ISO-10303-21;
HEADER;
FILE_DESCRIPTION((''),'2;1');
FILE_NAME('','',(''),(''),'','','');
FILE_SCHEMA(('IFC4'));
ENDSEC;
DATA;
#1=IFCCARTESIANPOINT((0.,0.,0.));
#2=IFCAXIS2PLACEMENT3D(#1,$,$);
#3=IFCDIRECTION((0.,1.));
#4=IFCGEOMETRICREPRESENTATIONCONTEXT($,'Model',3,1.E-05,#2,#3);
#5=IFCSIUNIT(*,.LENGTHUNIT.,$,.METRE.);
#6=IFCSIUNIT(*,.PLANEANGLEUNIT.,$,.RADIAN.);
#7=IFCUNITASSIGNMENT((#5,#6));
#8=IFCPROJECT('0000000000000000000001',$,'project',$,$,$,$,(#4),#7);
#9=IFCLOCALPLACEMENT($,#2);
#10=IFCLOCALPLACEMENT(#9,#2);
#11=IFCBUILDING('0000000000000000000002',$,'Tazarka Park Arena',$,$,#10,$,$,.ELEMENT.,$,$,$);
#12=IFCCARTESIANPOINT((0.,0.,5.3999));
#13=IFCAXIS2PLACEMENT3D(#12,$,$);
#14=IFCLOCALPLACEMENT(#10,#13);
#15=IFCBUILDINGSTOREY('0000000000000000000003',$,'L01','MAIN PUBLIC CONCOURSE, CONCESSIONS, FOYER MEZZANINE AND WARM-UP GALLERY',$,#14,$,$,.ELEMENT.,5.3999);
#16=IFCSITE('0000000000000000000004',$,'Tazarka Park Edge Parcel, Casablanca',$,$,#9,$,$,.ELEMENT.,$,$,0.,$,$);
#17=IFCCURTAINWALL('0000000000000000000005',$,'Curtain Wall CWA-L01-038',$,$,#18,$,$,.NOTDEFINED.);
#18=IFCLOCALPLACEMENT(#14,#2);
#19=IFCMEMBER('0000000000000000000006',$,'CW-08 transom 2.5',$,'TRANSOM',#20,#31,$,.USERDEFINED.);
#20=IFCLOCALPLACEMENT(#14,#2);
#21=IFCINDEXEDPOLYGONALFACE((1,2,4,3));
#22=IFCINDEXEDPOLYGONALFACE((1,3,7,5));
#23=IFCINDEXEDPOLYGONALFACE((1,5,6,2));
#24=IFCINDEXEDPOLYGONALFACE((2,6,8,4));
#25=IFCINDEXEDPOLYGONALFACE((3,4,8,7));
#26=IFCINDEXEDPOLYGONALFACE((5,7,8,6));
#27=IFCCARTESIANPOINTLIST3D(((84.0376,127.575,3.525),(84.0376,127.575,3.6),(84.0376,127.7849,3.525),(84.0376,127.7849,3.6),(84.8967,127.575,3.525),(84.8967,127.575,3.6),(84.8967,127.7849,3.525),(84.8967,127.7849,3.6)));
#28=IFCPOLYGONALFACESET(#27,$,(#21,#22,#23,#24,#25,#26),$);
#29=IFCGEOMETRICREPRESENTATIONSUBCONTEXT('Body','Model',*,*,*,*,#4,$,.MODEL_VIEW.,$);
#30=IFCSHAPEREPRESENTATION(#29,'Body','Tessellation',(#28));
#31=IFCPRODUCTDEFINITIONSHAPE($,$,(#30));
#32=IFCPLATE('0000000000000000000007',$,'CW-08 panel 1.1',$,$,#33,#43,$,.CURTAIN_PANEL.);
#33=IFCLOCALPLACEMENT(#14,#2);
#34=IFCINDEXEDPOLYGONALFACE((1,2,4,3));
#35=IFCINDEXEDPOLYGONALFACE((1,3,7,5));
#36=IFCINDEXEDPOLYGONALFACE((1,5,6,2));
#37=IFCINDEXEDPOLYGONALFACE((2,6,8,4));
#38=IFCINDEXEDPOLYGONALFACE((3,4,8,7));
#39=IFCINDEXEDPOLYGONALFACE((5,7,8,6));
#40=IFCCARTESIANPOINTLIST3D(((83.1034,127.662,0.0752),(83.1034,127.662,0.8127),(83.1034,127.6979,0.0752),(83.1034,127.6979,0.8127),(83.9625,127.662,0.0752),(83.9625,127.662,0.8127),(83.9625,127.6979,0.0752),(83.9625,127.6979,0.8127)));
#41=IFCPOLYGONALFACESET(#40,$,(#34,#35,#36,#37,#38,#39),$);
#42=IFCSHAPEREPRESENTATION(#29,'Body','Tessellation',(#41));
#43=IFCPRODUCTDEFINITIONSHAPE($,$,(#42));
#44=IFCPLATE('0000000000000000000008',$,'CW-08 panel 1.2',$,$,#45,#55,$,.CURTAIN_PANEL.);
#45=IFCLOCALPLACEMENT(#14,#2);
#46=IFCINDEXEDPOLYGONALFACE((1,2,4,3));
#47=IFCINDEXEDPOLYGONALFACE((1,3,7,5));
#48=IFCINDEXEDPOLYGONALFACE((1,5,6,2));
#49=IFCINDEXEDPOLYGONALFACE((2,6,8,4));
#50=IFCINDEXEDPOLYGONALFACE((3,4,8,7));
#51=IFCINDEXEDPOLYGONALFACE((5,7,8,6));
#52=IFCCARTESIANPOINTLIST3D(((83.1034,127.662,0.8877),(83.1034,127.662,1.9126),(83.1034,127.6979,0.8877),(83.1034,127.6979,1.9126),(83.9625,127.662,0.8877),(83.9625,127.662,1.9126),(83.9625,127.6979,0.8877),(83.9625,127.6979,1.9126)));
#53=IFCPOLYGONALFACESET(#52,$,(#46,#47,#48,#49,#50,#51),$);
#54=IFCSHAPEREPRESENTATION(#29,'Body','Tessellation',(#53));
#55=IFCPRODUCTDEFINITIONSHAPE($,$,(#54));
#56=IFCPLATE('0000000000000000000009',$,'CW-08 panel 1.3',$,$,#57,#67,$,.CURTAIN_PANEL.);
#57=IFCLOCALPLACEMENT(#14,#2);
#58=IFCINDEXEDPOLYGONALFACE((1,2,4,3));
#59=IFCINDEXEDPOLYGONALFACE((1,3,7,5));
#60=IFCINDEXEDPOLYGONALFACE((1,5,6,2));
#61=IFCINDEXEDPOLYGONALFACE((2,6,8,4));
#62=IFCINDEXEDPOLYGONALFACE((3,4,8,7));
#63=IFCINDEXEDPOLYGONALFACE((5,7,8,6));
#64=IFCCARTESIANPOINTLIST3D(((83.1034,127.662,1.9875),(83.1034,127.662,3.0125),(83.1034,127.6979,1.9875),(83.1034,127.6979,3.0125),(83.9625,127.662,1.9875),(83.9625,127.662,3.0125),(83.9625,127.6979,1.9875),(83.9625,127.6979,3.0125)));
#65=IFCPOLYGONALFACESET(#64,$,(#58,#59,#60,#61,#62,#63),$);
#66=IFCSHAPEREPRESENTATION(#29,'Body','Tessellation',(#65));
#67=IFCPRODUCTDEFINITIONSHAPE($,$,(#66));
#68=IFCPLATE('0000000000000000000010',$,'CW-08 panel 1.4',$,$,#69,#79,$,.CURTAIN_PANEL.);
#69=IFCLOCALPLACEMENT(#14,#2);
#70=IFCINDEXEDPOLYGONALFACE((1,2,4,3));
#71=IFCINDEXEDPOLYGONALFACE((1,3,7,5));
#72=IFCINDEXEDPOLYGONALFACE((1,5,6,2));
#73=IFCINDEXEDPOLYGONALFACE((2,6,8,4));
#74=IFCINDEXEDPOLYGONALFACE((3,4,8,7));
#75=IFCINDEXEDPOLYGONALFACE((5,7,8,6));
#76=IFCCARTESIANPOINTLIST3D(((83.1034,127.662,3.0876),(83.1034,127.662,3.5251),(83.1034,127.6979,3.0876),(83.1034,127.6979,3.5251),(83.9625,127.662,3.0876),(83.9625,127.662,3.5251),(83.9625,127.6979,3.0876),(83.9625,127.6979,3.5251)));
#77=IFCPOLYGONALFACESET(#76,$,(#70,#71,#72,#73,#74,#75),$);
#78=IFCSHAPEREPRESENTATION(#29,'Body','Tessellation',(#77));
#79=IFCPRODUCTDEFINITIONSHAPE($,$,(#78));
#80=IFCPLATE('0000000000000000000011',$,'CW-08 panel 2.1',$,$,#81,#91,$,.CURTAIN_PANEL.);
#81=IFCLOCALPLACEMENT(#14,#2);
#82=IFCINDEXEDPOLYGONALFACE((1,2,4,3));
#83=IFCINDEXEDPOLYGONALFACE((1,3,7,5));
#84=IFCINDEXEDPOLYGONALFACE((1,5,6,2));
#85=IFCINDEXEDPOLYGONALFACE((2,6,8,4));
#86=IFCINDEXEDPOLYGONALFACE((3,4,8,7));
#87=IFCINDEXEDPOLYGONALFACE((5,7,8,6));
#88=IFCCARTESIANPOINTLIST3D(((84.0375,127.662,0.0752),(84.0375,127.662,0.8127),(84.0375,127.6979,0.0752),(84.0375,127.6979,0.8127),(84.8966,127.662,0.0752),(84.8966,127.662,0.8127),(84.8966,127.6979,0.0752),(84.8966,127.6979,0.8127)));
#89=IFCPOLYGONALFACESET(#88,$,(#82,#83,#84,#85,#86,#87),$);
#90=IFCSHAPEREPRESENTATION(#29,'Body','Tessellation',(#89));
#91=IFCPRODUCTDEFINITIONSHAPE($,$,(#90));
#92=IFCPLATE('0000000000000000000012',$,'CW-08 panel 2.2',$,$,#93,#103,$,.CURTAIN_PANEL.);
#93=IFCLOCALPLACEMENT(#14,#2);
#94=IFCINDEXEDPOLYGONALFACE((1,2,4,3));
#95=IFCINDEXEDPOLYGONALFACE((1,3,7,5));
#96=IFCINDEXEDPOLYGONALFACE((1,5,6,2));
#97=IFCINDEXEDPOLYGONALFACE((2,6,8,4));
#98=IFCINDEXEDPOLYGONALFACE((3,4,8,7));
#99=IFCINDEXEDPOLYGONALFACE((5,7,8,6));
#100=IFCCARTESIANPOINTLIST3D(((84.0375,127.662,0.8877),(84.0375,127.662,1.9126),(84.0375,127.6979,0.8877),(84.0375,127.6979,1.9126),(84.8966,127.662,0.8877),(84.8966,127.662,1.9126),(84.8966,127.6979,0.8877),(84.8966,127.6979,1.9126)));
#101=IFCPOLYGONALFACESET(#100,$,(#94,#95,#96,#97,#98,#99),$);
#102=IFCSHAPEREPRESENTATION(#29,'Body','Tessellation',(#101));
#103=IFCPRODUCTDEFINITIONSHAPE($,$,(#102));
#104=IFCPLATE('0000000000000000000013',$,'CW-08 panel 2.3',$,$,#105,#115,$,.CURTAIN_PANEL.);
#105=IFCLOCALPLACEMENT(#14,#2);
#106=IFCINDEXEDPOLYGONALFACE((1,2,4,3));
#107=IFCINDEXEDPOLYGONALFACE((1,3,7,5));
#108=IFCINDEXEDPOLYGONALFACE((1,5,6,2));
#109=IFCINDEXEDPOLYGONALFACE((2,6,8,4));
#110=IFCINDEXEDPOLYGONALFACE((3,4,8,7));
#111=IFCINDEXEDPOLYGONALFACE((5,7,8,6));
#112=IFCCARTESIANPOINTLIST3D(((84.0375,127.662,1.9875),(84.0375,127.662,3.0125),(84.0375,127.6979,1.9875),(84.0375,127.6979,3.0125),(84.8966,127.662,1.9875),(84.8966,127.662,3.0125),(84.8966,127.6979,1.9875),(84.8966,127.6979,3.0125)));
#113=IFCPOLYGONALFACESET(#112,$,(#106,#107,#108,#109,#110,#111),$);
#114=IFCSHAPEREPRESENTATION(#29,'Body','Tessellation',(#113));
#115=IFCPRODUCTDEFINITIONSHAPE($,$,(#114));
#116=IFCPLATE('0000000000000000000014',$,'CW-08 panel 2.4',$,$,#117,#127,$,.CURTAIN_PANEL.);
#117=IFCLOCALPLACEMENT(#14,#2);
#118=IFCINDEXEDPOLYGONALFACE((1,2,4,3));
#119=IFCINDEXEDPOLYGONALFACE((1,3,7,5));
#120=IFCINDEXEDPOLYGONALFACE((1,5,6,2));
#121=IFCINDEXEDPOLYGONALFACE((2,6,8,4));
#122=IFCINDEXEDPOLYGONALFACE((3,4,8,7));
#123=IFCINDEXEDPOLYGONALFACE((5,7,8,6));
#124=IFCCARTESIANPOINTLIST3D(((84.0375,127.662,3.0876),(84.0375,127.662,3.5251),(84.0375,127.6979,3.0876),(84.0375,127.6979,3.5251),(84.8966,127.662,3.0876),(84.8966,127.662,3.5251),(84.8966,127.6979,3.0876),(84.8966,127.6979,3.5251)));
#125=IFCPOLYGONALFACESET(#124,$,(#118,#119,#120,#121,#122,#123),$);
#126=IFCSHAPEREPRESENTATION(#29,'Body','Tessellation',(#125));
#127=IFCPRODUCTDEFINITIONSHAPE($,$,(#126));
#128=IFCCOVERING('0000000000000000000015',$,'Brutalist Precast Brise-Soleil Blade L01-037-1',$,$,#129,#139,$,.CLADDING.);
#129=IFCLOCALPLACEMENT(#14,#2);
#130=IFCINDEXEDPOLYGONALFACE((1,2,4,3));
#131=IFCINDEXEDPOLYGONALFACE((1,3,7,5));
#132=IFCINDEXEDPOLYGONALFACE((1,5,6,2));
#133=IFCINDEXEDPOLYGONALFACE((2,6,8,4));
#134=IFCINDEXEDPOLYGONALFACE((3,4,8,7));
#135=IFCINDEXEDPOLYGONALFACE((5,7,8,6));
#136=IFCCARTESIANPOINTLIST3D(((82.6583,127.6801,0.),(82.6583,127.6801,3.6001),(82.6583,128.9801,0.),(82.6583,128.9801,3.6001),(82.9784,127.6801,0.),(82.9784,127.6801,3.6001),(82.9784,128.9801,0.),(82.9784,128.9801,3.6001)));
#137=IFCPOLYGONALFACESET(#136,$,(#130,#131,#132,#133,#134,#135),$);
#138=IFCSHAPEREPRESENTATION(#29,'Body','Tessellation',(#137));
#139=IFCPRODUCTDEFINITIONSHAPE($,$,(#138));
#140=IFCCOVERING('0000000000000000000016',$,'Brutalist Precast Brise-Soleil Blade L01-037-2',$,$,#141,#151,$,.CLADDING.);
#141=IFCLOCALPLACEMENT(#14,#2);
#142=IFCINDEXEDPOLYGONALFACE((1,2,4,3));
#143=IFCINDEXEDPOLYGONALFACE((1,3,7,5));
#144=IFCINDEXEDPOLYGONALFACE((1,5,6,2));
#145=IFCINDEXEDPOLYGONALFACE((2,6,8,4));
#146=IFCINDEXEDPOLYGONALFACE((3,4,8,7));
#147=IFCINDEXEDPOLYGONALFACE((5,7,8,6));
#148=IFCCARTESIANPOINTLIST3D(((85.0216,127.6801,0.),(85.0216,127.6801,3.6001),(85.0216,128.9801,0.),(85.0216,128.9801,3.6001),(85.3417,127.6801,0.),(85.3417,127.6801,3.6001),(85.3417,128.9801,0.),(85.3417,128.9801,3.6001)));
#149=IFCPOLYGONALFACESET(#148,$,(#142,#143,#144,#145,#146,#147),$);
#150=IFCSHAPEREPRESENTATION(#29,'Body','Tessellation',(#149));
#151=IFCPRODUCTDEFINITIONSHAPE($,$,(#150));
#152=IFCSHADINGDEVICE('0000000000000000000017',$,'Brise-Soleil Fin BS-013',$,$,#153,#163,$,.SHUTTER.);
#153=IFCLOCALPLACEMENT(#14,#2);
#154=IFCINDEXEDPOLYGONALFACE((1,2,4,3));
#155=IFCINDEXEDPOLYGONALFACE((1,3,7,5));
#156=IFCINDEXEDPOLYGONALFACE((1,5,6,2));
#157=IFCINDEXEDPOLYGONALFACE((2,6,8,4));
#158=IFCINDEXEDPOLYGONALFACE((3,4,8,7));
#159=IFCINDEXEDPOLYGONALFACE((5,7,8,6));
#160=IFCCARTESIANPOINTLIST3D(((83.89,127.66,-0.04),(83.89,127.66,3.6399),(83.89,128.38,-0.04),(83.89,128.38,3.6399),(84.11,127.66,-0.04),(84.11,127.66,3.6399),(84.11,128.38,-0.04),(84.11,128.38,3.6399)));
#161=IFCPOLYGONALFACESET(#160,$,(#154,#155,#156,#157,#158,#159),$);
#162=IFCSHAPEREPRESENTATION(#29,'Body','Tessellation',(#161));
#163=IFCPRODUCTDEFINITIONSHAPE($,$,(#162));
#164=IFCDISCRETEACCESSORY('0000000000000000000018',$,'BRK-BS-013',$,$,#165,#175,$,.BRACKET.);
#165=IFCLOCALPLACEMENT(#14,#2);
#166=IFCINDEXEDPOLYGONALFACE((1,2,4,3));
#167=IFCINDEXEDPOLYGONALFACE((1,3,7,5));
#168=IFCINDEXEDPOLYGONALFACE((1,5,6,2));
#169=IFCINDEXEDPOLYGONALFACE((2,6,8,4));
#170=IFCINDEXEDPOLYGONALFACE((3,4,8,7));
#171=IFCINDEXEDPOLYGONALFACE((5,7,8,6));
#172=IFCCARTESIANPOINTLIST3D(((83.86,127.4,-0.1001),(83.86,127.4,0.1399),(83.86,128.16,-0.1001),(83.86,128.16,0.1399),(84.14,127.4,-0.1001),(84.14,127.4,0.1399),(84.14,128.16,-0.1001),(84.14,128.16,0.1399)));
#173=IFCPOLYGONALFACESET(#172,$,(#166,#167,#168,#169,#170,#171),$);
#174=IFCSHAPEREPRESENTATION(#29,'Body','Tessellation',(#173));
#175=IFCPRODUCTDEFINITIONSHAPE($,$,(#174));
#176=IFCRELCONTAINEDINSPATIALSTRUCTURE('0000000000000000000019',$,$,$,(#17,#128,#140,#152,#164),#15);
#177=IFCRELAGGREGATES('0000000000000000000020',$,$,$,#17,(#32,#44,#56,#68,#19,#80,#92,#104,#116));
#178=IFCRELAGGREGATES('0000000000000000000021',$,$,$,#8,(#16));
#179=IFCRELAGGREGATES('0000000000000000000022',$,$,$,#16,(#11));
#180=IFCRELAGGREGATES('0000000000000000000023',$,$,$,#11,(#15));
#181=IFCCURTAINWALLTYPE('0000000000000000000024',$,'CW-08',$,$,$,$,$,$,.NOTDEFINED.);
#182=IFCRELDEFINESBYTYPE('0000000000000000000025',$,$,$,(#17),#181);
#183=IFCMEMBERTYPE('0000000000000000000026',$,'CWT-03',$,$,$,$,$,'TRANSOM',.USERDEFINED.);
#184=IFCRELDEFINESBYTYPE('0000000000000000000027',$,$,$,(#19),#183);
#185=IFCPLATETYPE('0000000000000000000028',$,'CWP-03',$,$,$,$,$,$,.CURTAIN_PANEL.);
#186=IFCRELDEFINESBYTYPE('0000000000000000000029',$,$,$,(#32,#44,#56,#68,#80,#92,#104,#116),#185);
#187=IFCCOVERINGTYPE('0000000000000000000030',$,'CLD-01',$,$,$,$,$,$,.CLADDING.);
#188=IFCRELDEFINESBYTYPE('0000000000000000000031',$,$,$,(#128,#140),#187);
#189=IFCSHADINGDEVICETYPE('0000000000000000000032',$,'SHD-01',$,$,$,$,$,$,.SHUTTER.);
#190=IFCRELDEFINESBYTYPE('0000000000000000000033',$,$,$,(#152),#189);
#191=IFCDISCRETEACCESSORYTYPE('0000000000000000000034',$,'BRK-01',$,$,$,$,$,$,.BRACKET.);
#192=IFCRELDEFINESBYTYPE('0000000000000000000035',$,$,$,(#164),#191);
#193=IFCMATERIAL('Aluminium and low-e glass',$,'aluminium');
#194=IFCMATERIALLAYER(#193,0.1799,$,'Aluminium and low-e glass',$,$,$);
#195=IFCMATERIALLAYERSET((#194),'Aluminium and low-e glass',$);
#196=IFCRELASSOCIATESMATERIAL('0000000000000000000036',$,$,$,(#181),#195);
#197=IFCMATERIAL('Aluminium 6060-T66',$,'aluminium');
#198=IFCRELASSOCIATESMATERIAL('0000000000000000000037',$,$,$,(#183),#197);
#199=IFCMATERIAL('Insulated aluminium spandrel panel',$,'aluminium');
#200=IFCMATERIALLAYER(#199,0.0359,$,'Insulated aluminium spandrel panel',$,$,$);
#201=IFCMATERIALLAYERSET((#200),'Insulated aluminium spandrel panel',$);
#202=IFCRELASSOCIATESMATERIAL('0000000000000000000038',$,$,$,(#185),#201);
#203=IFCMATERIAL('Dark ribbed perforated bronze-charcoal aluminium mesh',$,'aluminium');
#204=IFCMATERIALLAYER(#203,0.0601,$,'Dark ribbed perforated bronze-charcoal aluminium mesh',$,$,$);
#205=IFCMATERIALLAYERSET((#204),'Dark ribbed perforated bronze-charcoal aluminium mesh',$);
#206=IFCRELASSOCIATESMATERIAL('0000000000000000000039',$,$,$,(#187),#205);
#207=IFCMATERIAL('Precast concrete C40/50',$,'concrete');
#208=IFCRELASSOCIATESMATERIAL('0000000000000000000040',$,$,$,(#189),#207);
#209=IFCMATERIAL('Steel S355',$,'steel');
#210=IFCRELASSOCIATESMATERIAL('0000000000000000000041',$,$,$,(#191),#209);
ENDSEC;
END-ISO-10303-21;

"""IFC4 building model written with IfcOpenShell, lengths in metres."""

from ifc_helpers import new_model, si_unit, direction, frame, origin, origin_2d, place, context, subcontext, project, spatial, rectangle, extrude, material, layer, layer_set, material_profile, profile_set, type_object, element, aggregate, save


model = new_model("IFC4")

# Units and contexts
model_context = context("Model", 3, precision=1e-05, world=origin(), true_north=direction((0.0, 1.0)))
body_context = subcontext(model_context, "Body", "Model", "MODEL_VIEW")
ifc_project = project(units=[si_unit("LENGTHUNIT", "METRE"), si_unit("PLANEANGLEUNIT", "RADIAN")], contexts=[model_context])

# Site, building, storey
site_placement = place(None, origin())
site = spatial("IfcSite", under=ifc_project, at=site_placement, Name="Tazarka Park Edge Parcel, Casablanca", CompositionType="ELEMENT", RefElevation=0.0)
building_placement = place(site_placement, origin())
building = spatial("IfcBuilding", under=site, at=building_placement, Name="Tazarka Park Arena", CompositionType="ELEMENT")
storey_placement = place(building_placement, frame((0.0, 0.0, 5.3999)))
storey = spatial("IfcBuildingStorey", under=building, at=storey_placement, Name="L01", Description="MAIN PUBLIC CONCOURSE, CONCESSIONS, FOYER MEZZANINE AND WARM-UP GALLERY", CompositionType="ELEMENT", Elevation=5.3999)

# Curtain wall, member, plates
ifc_material_1 = material(Name="Aluminium and low-e glass", Category="aluminium")
ifc_layer_1 = layer(ifc_material_1, 0.1799, Name="Aluminium and low-e glass")
ifc_layer_set_1 = layer_set([ifc_layer_1], Name="Aluminium and low-e glass")
curtain_wall_type_1 = type_object("IfcCurtainWallType", Name="CW-08", PredefinedType="NOTDEFINED", material=ifc_layer_set_1)
curtain_wall_1_placement = place(storey_placement, origin())
curtain_wall_1 = element("IfcCurtainWall", 1, at=curtain_wall_1_placement, inside=storey, type_object=curtain_wall_type_1, Name="Curtain Wall CWA-L01-038", PredefinedType="NOTDEFINED")
ifc_material_2 = material(Name="Aluminium 6060-T66", Category="aluminium")
ifc_material_profile_1 = material_profile(ifc_material_2, rectangle(XDim=0.21, YDim=0.075, at=origin_2d()), Name="Aluminium 6060-T66")
ifc_profile_set_1 = profile_set([ifc_material_profile_1], Name="Aluminium 6060-T66")
member_type_1 = type_object("IfcMemberType", Name="CWT-03", ElementType="TRANSOM", PredefinedType="USERDEFINED", material=ifc_profile_set_1)
member_1_placement = place(storey_placement, frame((84.0376, 127.6799, 3.5625), z_axis=(1.0, 0.0, 0.0), x_axis=(0.0, 1.0, 0.0)))
member_1 = element("IfcMember", 2, at=member_1_placement, type_object=member_type_1, Name="CW-08 transom 2.5", ObjectType="TRANSOM", PredefinedType="USERDEFINED", context=body_context, shape_type="SweptSolid", body=[
    extrude(rectangle(XDim=0.21, YDim=0.075, at=origin_2d()), origin(), (0.0, 0.0, 1.0), 0.8591),
])
ifc_material_3 = material(Name="Insulated aluminium spandrel panel", Category="aluminium")
ifc_layer_2 = layer(ifc_material_3, 0.0359, Name="Insulated aluminium spandrel panel")
ifc_layer_set_2 = layer_set([ifc_layer_2], Name="Insulated aluminium spandrel panel")
plate_type = type_object("IfcPlateType", Name="CWP-03", PredefinedType="CURTAIN_PANEL", material=ifc_layer_set_2)
plate_1_placement = place(storey_placement, frame((83.533, 127.6799, 0.0752), z_axis=(0.0, 0.0, 1.0), x_axis=(1.0, 0.0, 0.0)))
plate_1 = element("IfcPlate", 3, at=plate_1_placement, type_object=plate_type, Name="CW-08 panel 1.1", PredefinedType="CURTAIN_PANEL", context=body_context, shape_type="SweptSolid", body=[
    extrude(rectangle(XDim=0.8591, YDim=0.0359, at=origin_2d()), origin(), (0.0, 0.0, 1.0), 0.7375),
])
plate_2_placement = place(storey_placement, frame((83.533, 127.6799, 0.8877), z_axis=(0.0, 0.0, 1.0), x_axis=(1.0, 0.0, 0.0)))
plate_2 = element("IfcPlate", 4, at=plate_2_placement, type_object=plate_type, Name="CW-08 panel 1.2", PredefinedType="CURTAIN_PANEL", context=body_context, shape_type="SweptSolid", body=[
    extrude(rectangle(XDim=0.8591, YDim=0.0359, at=origin_2d()), origin(), (0.0, 0.0, 1.0), 1.0249),
])
plate_3_placement = place(storey_placement, frame((83.533, 127.6799, 1.9875), z_axis=(0.0, 0.0, 1.0), x_axis=(1.0, 0.0, 0.0)))
plate_3 = element("IfcPlate", 5, at=plate_3_placement, type_object=plate_type, Name="CW-08 panel 1.3", PredefinedType="CURTAIN_PANEL", context=body_context, shape_type="SweptSolid", body=[
    extrude(rectangle(XDim=0.8591, YDim=0.0359, at=origin_2d()), origin(), (0.0, 0.0, 1.0), 1.0249),
])
plate_4_placement = place(storey_placement, frame((83.533, 127.6799, 3.0876), z_axis=(0.0, 0.0, 1.0), x_axis=(1.0, 0.0, 0.0)))
plate_4 = element("IfcPlate", 6, at=plate_4_placement, type_object=plate_type, Name="CW-08 panel 1.4", PredefinedType="CURTAIN_PANEL", context=body_context, shape_type="SweptSolid", body=[
    extrude(rectangle(XDim=0.8591, YDim=0.0359, at=origin_2d()), origin(), (0.0, 0.0, 1.0), 0.4375),
])
plate_5_placement = place(storey_placement, frame((84.467, 127.6799, 0.0752), z_axis=(0.0, 0.0, 1.0), x_axis=(1.0, 0.0, 0.0)))
plate_5 = element("IfcPlate", 7, at=plate_5_placement, type_object=plate_type, Name="CW-08 panel 2.1", PredefinedType="CURTAIN_PANEL", context=body_context, shape_type="SweptSolid", body=[
    extrude(rectangle(XDim=0.8591, YDim=0.0359, at=origin_2d()), origin(), (0.0, 0.0, 1.0), 0.7375),
])
plate_6_placement = place(storey_placement, frame((84.467, 127.6799, 0.8877), z_axis=(0.0, 0.0, 1.0), x_axis=(1.0, 0.0, 0.0)))
plate_6 = element("IfcPlate", 8, at=plate_6_placement, type_object=plate_type, Name="CW-08 panel 2.2", PredefinedType="CURTAIN_PANEL", context=body_context, shape_type="SweptSolid", body=[
    extrude(rectangle(XDim=0.8591, YDim=0.0359, at=origin_2d()), origin(), (0.0, 0.0, 1.0), 1.0249),
])
plate_7_placement = place(storey_placement, frame((84.467, 127.6799, 1.9875), z_axis=(0.0, 0.0, 1.0), x_axis=(1.0, 0.0, 0.0)))
plate_7 = element("IfcPlate", 9, at=plate_7_placement, type_object=plate_type, Name="CW-08 panel 2.3", PredefinedType="CURTAIN_PANEL", context=body_context, shape_type="SweptSolid", body=[
    extrude(rectangle(XDim=0.8591, YDim=0.0359, at=origin_2d()), origin(), (0.0, 0.0, 1.0), 1.0249),
])
plate_8_placement = place(storey_placement, frame((84.467, 127.6799, 3.0876), z_axis=(0.0, 0.0, 1.0), x_axis=(1.0, 0.0, 0.0)))
plate_8 = element("IfcPlate", 10, at=plate_8_placement, type_object=plate_type, Name="CW-08 panel 2.4", PredefinedType="CURTAIN_PANEL", context=body_context, shape_type="SweptSolid", body=[
    extrude(rectangle(XDim=0.8591, YDim=0.0359, at=origin_2d()), origin(), (0.0, 0.0, 1.0), 0.4375),
])
aggregate(curtain_wall_1, [plate_1, plate_2, plate_3, plate_4, member_1, plate_5, plate_6, plate_7, plate_8])

# Coverings
ifc_material_4 = material(Name="Dark ribbed perforated bronze-charcoal aluminium mesh", Category="aluminium")
ifc_layer_3 = layer(ifc_material_4, 0.0601, Name="Dark ribbed perforated bronze-charcoal aluminium mesh")
ifc_layer_set_3 = layer_set([ifc_layer_3], Name="Dark ribbed perforated bronze-charcoal aluminium mesh")
covering_type = type_object("IfcCoveringType", Name="CLD-01", PredefinedType="CLADDING", material=ifc_layer_set_3)
for number, where, z_axis, x_axis, name in (
    (11, (82.8184, 128.3301, 0.0), (0.0, 0.0, 1.0), (1.0, 0.0, 0.0), "Brutalist Precast Brise-Soleil Blade L01-037-1"),
    (12, (85.1816, 128.3301, 0.0), (0.0, 0.0, 1.0), (1.0, 0.0, 0.0), "Brutalist Precast Brise-Soleil Blade L01-037-2"),
):
    element("IfcCovering", number, at=place(storey_placement, frame(where, z_axis=z_axis, x_axis=x_axis)), inside=storey, type_object=covering_type, Name=name, PredefinedType="CLADDING", context=body_context, shape_type="SweptSolid", body=[
        extrude(rectangle(XDim=0.3201, YDim=1.3, at=origin_2d()), origin(), (0.0, 0.0, 1.0), 3.6001),
    ])

# Shading device
ifc_material_5 = material(Name="Precast concrete C40/50", Category="concrete")
shading_device_type = type_object("IfcShadingDeviceType", Name="SHD-01", PredefinedType="SHUTTER", material=ifc_material_5)
shading_device_placement = place(storey_placement, frame((84.0, 128.02, -0.04), z_axis=(0.0, 0.0, 1.0), x_axis=(1.0, 0.0, 0.0)))
element("IfcShadingDevice", 13, at=shading_device_placement, inside=storey, type_object=shading_device_type, Name="Brise-Soleil Fin BS-013", PredefinedType="SHUTTER", context=body_context, shape_type="SweptSolid", body=[
    extrude(rectangle(XDim=0.22, YDim=0.72, at=origin_2d()), origin(), (0.0, 0.0, 1.0), 3.6799),
])

# Discrete accessory
ifc_material_6 = material(Name="Steel S355", Category="steel")
discrete_accessory_type = type_object("IfcDiscreteAccessoryType", Name="BRK-01", PredefinedType="BRACKET", material=ifc_material_6)
discrete_accessory_placement = place(storey_placement, frame((84.0, 127.78, -0.1001), z_axis=(0.0, 0.0, 1.0), x_axis=(1.0, 0.0, 0.0)))
element("IfcDiscreteAccessory", 14, at=discrete_accessory_placement, inside=storey, type_object=discrete_accessory_type, Name="BRK-BS-013", PredefinedType="BRACKET", context=body_context, shape_type="SweptSolid", body=[
    extrude(rectangle(XDim=0.28, YDim=0.76, at=origin_2d()), origin(), (0.0, 0.0, 1.0), 0.24),
])

save(model, "model.ifc")
